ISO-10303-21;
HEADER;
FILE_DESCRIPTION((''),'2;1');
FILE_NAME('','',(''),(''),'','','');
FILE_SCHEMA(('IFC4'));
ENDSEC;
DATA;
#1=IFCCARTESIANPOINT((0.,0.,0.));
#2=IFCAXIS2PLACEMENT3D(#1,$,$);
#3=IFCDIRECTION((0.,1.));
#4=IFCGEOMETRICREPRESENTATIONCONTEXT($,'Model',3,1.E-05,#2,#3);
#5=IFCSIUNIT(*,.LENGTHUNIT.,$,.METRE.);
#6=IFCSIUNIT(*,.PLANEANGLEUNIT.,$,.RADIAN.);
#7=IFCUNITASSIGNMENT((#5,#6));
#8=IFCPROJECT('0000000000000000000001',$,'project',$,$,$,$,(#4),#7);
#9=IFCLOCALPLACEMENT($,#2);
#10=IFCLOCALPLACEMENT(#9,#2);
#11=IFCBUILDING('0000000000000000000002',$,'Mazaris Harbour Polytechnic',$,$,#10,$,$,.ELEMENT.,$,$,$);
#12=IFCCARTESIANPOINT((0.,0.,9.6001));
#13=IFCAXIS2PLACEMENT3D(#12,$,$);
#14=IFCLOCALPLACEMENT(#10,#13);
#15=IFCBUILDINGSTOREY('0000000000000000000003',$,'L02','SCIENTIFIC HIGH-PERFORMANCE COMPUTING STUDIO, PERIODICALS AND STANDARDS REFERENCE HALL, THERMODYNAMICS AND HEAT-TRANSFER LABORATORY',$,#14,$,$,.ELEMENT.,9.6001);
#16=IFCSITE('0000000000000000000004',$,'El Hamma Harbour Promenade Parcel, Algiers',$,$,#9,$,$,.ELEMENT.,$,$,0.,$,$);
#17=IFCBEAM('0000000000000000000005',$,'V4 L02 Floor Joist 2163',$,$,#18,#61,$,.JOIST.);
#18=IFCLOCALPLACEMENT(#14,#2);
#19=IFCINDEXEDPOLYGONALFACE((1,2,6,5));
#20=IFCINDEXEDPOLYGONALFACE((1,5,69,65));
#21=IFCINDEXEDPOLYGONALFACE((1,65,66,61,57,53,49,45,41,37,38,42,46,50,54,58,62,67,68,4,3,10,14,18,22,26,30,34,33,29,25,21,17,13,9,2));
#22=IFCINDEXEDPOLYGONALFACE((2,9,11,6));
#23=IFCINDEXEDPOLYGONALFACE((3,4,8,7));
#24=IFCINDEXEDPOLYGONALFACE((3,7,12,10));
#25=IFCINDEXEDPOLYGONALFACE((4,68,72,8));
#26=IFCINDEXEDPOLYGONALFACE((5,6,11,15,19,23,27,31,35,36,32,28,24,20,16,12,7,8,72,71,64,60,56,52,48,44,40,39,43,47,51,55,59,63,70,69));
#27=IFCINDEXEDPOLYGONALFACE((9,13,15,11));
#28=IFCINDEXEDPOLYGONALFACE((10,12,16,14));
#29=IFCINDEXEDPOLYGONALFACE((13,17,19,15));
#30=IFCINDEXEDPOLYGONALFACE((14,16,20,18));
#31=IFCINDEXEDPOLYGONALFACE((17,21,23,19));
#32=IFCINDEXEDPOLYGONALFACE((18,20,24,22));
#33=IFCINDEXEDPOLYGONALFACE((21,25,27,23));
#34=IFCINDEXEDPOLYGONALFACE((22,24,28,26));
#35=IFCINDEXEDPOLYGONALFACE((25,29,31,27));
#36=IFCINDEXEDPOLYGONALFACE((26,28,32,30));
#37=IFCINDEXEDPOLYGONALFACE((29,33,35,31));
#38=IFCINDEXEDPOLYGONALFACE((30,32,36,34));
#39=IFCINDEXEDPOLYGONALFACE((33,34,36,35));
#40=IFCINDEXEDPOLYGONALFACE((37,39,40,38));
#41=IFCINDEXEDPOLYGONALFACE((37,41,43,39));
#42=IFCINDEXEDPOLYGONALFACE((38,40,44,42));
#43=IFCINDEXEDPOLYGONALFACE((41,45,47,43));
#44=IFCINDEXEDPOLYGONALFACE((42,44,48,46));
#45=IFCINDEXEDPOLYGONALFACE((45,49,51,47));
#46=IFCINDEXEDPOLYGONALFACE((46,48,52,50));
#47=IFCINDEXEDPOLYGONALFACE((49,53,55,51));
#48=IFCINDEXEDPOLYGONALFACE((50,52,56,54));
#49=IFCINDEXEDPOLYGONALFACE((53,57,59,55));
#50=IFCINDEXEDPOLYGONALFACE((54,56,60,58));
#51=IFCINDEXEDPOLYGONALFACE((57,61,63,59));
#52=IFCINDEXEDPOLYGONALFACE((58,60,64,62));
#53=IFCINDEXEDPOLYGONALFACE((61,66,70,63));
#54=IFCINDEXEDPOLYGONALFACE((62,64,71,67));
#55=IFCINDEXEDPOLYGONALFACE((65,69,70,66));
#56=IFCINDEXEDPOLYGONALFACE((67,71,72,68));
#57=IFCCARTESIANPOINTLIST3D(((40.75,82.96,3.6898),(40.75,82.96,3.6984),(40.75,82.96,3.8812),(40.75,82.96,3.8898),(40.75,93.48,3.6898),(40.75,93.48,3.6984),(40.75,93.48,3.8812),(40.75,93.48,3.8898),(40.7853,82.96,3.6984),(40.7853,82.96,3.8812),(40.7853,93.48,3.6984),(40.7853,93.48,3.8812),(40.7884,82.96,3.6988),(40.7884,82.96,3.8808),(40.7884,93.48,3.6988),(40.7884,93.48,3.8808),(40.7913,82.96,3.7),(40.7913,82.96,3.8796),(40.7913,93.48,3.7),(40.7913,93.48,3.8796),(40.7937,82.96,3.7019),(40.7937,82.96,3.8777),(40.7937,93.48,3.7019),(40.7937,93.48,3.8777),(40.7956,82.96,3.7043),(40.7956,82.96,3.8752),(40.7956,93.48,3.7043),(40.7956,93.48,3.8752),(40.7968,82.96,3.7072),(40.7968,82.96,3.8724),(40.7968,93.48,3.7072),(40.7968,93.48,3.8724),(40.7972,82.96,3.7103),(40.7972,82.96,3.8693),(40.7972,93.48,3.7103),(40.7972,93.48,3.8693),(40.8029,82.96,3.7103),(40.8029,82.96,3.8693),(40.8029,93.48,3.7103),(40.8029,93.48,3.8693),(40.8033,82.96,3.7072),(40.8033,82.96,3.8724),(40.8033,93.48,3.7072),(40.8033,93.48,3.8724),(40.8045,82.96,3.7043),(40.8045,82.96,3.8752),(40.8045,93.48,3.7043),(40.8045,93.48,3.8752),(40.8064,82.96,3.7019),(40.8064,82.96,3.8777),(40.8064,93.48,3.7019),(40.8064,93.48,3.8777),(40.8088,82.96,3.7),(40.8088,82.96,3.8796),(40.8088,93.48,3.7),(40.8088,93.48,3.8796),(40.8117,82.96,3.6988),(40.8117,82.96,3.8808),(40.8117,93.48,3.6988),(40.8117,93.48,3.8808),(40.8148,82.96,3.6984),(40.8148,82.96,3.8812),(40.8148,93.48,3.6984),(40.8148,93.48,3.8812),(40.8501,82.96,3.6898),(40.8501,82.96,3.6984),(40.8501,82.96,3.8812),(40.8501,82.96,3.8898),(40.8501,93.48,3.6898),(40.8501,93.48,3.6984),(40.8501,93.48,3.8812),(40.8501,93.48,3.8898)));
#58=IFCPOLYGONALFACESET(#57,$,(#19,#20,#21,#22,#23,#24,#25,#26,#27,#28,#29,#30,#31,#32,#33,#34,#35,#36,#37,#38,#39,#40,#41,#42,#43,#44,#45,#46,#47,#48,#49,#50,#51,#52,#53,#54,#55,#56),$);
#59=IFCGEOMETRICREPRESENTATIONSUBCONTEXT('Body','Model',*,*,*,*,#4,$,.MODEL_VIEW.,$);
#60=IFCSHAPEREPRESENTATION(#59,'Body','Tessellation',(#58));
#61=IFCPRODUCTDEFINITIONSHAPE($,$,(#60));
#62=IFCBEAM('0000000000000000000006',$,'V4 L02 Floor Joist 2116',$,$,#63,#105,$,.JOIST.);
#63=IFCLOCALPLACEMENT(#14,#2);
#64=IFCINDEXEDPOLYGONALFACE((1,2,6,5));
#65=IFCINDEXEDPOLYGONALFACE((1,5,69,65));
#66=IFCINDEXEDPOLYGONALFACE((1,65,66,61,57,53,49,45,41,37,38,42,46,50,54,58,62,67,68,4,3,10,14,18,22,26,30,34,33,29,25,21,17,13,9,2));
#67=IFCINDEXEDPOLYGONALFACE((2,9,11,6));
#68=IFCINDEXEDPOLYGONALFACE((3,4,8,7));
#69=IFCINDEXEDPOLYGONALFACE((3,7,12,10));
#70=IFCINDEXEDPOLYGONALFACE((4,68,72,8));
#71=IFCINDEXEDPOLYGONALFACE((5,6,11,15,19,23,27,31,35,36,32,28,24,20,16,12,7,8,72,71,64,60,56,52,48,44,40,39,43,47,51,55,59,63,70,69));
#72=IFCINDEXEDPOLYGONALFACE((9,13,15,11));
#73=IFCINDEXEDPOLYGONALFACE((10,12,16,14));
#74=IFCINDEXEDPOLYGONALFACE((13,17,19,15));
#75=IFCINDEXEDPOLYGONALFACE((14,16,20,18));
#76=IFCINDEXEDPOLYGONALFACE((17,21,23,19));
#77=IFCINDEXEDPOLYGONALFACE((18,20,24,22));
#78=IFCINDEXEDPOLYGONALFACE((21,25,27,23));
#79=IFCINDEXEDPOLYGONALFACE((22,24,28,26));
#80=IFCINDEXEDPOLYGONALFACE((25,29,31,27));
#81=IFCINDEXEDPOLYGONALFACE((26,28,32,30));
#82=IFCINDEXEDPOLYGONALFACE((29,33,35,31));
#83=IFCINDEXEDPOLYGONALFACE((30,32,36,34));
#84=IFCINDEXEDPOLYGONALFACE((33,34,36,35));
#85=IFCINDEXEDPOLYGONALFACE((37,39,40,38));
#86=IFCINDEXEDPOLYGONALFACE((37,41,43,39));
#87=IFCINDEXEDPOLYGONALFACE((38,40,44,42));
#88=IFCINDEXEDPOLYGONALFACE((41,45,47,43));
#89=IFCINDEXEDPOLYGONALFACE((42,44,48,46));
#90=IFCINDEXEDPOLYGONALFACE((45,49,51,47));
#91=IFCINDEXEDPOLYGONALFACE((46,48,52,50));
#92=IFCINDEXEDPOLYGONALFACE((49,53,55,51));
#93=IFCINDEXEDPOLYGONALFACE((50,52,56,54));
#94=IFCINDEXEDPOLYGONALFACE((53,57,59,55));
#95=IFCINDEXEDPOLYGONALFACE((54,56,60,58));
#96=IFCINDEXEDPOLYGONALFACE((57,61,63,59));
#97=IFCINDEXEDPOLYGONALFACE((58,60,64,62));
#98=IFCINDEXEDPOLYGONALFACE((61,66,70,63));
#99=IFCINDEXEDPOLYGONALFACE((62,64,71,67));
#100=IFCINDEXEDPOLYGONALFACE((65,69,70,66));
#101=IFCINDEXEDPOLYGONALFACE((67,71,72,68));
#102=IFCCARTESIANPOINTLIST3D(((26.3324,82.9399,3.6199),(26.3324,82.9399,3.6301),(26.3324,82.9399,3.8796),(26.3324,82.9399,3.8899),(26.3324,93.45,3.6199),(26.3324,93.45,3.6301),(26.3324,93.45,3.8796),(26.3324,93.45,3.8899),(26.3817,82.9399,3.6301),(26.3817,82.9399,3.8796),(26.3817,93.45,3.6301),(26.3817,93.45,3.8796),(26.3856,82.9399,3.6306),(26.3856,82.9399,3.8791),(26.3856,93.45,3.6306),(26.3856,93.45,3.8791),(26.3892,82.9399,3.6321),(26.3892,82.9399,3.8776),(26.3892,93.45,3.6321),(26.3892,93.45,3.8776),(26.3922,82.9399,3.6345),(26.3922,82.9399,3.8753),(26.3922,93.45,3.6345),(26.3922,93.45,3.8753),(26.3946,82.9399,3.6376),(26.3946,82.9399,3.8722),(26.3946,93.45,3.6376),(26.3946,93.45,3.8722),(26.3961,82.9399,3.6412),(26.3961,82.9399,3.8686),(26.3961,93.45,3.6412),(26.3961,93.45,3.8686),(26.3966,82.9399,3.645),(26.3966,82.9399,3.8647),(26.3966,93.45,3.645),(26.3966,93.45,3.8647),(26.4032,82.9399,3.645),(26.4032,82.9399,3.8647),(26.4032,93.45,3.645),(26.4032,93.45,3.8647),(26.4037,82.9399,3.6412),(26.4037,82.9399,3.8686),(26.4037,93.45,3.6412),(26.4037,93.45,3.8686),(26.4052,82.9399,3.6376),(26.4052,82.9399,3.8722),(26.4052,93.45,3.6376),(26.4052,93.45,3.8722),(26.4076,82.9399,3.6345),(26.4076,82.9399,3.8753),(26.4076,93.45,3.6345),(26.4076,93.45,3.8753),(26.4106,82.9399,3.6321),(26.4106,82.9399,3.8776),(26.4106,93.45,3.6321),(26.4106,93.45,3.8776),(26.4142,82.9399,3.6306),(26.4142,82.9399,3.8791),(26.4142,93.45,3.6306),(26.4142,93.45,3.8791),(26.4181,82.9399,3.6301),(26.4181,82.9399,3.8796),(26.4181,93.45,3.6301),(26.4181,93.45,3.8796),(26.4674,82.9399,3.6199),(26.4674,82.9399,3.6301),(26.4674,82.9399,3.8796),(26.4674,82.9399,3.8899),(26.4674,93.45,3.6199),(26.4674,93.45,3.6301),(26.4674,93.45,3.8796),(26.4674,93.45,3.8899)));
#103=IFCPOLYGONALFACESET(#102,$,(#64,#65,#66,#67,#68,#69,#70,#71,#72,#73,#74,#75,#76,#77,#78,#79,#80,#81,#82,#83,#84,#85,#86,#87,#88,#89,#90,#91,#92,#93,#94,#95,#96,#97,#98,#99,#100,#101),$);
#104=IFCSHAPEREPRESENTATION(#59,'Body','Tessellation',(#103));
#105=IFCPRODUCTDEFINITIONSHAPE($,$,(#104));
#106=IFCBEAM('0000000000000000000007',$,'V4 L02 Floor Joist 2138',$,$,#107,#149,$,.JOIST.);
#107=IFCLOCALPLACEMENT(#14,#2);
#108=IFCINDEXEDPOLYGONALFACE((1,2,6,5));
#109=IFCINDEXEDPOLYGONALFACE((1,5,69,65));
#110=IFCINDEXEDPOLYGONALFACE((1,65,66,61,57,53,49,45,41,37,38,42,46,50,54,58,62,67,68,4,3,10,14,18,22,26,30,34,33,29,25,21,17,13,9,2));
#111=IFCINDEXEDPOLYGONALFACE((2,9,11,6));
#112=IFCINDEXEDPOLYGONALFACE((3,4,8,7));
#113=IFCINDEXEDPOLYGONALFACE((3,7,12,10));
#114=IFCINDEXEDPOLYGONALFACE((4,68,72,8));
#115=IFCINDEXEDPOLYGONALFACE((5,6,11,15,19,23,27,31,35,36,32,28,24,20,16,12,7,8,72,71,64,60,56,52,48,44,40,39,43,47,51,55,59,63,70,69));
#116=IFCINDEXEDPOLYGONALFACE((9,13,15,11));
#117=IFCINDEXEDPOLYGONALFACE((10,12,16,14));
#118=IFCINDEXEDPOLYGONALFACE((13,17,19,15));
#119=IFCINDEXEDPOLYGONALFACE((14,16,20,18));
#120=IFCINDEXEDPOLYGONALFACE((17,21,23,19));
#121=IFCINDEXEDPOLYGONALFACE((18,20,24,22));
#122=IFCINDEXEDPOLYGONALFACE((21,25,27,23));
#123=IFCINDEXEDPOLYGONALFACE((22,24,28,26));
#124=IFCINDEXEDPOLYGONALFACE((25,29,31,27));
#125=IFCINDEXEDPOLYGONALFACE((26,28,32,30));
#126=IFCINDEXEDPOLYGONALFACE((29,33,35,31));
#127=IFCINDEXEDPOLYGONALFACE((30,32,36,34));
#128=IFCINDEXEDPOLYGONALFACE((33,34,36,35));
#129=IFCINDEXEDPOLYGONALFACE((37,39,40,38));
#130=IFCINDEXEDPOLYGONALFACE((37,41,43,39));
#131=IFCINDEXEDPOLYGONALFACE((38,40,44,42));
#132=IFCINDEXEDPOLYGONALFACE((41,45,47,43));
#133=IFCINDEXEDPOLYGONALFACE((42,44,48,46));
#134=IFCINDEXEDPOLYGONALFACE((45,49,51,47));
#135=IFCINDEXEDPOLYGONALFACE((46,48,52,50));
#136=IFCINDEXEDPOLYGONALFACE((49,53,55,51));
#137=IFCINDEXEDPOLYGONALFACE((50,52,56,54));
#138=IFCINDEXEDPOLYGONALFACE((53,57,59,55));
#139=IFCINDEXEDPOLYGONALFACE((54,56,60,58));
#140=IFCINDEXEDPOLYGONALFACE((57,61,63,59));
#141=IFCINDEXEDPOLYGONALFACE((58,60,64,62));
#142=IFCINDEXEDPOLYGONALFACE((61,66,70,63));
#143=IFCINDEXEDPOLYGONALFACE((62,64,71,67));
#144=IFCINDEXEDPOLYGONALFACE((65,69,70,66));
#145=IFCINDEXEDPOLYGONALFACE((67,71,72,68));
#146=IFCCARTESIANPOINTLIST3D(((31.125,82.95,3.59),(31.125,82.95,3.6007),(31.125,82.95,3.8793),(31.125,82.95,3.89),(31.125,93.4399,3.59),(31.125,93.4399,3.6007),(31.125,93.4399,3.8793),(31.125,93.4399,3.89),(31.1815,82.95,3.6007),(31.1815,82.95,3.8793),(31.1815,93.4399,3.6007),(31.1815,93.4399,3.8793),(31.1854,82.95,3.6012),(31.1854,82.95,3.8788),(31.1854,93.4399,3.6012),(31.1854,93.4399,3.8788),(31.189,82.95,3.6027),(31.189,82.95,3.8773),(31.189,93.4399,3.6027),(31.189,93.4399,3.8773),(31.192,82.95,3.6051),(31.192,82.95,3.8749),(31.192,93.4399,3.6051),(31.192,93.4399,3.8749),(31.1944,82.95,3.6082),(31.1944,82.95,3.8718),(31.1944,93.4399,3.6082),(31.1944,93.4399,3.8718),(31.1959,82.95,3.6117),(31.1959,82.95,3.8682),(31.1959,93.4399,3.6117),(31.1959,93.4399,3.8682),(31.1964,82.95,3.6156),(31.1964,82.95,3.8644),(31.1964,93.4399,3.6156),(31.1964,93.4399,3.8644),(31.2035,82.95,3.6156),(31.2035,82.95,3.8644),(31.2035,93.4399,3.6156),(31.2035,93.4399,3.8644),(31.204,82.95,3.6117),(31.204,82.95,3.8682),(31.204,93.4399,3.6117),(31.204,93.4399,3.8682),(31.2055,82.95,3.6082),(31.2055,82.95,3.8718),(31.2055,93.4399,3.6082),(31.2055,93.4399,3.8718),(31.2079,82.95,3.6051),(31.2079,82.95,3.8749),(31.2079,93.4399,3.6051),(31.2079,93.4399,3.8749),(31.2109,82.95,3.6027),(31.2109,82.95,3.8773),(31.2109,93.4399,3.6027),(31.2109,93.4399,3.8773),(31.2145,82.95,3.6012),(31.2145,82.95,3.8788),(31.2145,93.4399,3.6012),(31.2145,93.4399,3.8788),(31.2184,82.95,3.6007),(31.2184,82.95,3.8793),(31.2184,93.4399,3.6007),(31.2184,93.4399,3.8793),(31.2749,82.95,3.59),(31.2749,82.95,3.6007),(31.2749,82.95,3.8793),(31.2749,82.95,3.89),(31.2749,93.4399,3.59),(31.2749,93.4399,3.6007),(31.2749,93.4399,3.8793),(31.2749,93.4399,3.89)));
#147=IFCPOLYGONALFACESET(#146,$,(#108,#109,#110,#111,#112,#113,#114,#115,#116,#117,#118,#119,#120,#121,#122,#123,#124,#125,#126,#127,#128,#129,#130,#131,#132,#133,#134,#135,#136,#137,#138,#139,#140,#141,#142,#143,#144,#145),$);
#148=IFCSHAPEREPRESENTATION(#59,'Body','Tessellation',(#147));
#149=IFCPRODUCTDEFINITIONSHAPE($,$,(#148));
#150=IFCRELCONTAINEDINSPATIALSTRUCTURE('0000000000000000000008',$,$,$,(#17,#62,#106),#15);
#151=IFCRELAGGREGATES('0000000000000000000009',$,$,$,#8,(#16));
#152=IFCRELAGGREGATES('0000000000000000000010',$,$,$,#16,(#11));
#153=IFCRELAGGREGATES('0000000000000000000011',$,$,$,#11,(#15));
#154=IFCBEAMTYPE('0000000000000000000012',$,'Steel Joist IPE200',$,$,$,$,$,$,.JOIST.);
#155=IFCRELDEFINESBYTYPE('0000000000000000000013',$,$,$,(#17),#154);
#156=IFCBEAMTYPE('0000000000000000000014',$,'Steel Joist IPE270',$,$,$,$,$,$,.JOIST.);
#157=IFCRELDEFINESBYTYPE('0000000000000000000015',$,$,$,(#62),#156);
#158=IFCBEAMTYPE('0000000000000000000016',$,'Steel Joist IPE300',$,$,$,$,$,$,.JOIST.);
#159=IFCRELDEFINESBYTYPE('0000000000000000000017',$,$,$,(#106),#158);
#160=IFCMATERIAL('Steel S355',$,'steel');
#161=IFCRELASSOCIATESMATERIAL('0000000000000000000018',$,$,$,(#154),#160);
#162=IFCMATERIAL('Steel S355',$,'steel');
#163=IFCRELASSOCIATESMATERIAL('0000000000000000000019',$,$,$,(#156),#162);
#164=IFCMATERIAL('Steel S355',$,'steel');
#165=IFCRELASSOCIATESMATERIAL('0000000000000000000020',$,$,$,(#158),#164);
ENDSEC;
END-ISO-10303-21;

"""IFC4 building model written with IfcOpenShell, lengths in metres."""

from ifc_helpers import new_model, si_unit, direction, frame, origin, origin_2d, place, context, subcontext, project, spatial, i_section, extrude, material, material_profile, profile_set, type_object, element, save


model = new_model("IFC4")

# Units and contexts
model_context = context("Model", 3, precision=1e-05, world=origin(), true_north=direction((0.0, 1.0)))
body_context = subcontext(model_context, "Body", "Model", "MODEL_VIEW")
ifc_project = project(units=[si_unit("LENGTHUNIT", "METRE"), si_unit("PLANEANGLEUNIT", "RADIAN")], contexts=[model_context])

# Site, building, storey
site_placement = place(None, origin())
site = spatial("IfcSite", under=ifc_project, at=site_placement, Name="El Hamma Harbour Promenade Parcel, Algiers", CompositionType="ELEMENT", RefElevation=0.0)
building_placement = place(site_placement, origin())
building = spatial("IfcBuilding", under=site, at=building_placement, Name="Mazaris Harbour Polytechnic", CompositionType="ELEMENT")
storey_placement = place(building_placement, frame((0.0, 0.0, 9.6001)))
storey = spatial("IfcBuildingStorey", under=building, at=storey_placement, Name="L02", Description="SCIENTIFIC HIGH-PERFORMANCE COMPUTING STUDIO, PERIODICALS AND STANDARDS REFERENCE HALL, THERMODYNAMICS AND HEAT-TRANSFER LABORATORY", CompositionType="ELEMENT", Elevation=9.6001)

# Beams
ifc_material_1 = material(Name="Steel S355", Category="steel")
ifc_material_profile_1 = material_profile(ifc_material_1, i_section(OverallWidth=0.1001, OverallDepth=0.2, WebThickness=0.0056, FlangeThickness=0.0085, FilletRadius=0.012, at=origin_2d()), Name="IPE 200")
ifc_profile_set_1 = profile_set([ifc_material_profile_1], Name="Steel S355")
beam_type_1 = type_object("IfcBeamType", Name="Steel Joist IPE200", PredefinedType="JOIST", material=ifc_profile_set_1)
beam_1_placement = place(storey_placement, frame((40.8, 82.96, 3.7898), z_axis=(0.0, 1.0, 0.0), x_axis=(-1.0, 0.0, 0.0)))
element("IfcBeam", 1, at=beam_1_placement, inside=storey, type_object=beam_type_1, Name="V4 L02 Floor Joist 2163", PredefinedType="JOIST", context=body_context, shape_type="SweptSolid", body=[
    extrude(i_section(OverallWidth=0.1001, OverallDepth=0.2, WebThickness=0.0056, FlangeThickness=0.0085, FilletRadius=0.012, at=origin_2d()), origin(), (0.0, 0.0, 1.0), 10.52),
])
ifc_material_2 = material(Name="Steel S355", Category="steel")
ifc_material_profile_2 = material_profile(ifc_material_2, i_section(OverallWidth=0.135, OverallDepth=0.27, WebThickness=0.0066, FlangeThickness=0.0103, FilletRadius=0.0149, at=origin_2d()), Name="IPE 270")
ifc_profile_set_2 = profile_set([ifc_material_profile_2], Name="Steel S355")
beam_type_2 = type_object("IfcBeamType", Name="Steel Joist IPE270", PredefinedType="JOIST", material=ifc_profile_set_2)
beam_2_placement = place(storey_placement, frame((26.3999, 82.9399, 3.7549), z_axis=(0.0, 1.0, 0.0), x_axis=(-1.0, 0.0, 0.0)))
element("IfcBeam", 2, at=beam_2_placement, inside=storey, type_object=beam_type_2, Name="V4 L02 Floor Joist 2116", PredefinedType="JOIST", context=body_context, shape_type="SweptSolid", body=[
    extrude(i_section(OverallWidth=0.135, OverallDepth=0.27, WebThickness=0.0066, FlangeThickness=0.0103, FilletRadius=0.0149, at=origin_2d()), origin(), (0.0, 0.0, 1.0), 10.51),
])
ifc_material_3 = material(Name="Steel S355", Category="steel")
ifc_material_profile_3 = material_profile(ifc_material_3, i_section(OverallWidth=0.1499, OverallDepth=0.3, WebThickness=0.0071, FlangeThickness=0.0107, FilletRadius=0.0149, at=origin_2d()), Name="IPE 300")
ifc_profile_set_3 = profile_set([ifc_material_profile_3], Name="Steel S355")
beam_type_3 = type_object("IfcBeamType", Name="Steel Joist IPE300", PredefinedType="JOIST", material=ifc_profile_set_3)
beam_3_placement = place(storey_placement, frame((31.2, 82.95, 3.74), z_axis=(0.0, 1.0, 0.0), x_axis=(-1.0, 0.0, 0.0)))
element("IfcBeam", 3, at=beam_3_placement, inside=storey, type_object=beam_type_3, Name="V4 L02 Floor Joist 2138", PredefinedType="JOIST", context=body_context, shape_type="SweptSolid", body=[
    extrude(i_section(OverallWidth=0.1499, OverallDepth=0.3, WebThickness=0.0071, FlangeThickness=0.0107, FilletRadius=0.0149, at=origin_2d()), origin(), (0.0, 0.0, 1.0), 10.49),
])

save(model, "model.ifc")
